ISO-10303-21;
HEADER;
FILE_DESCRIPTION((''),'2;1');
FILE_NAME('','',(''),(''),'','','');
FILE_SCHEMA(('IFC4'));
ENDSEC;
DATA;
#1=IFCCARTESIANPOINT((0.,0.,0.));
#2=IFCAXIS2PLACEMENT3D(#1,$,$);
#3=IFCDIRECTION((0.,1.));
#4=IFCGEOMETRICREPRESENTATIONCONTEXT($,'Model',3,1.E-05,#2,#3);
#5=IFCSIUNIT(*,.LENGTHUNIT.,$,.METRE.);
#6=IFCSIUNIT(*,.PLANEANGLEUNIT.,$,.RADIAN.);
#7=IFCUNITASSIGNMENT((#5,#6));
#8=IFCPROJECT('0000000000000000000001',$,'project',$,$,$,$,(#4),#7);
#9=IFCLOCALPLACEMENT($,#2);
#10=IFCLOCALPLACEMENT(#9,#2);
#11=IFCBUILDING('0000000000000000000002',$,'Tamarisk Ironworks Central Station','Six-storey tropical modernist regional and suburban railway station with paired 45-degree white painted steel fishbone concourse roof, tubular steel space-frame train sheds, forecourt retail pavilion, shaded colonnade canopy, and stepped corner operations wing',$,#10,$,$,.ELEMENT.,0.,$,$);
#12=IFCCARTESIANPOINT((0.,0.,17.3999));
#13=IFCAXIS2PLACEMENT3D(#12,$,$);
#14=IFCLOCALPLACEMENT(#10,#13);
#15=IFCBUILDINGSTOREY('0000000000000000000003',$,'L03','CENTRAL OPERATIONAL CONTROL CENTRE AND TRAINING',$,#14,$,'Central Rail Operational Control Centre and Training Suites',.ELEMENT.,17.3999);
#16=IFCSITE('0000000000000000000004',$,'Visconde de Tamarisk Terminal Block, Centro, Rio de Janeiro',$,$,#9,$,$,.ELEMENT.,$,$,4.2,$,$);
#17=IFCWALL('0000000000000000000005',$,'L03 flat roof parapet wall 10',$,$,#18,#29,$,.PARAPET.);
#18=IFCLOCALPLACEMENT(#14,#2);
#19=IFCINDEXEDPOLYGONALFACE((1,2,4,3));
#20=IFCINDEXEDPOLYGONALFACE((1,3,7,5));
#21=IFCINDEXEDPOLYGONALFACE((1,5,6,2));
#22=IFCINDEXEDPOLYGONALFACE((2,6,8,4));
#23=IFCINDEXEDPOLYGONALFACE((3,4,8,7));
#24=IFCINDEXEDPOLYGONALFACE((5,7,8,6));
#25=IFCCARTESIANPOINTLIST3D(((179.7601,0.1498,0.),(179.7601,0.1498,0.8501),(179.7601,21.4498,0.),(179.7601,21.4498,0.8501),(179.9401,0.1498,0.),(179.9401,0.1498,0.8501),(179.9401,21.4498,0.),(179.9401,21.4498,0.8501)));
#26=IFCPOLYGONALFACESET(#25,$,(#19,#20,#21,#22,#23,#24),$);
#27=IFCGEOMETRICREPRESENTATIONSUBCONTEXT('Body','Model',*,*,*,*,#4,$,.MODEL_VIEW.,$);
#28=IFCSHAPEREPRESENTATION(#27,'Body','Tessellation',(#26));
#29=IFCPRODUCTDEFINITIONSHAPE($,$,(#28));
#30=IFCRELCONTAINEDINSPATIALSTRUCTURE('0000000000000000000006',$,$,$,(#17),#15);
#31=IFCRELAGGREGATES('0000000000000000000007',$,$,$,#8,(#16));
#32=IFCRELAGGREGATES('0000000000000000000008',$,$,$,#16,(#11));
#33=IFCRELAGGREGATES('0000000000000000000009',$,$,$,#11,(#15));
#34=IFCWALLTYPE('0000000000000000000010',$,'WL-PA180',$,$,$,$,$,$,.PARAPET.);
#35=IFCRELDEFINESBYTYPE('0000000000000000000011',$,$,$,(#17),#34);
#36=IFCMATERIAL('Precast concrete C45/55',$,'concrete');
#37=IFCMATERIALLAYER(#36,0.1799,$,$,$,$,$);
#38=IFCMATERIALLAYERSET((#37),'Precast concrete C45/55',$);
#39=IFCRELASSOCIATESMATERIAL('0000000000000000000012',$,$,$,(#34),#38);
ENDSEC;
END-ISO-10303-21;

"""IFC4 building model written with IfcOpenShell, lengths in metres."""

from ifc_helpers import new_model, si_unit, direction, frame, frame_2d, origin, place, context, subcontext, project, spatial, rectangle, extrude, material, layer, layer_set, type_object, element, save


model = new_model("IFC4")

# Units and contexts
model_context = context("Model", 3, precision=1e-05, world=origin(), true_north=direction((0.0, 1.0)))
body_context = subcontext(model_context, "Body", "Model", "MODEL_VIEW")
ifc_project = project(units=[si_unit("LENGTHUNIT", "METRE"), si_unit("PLANEANGLEUNIT", "RADIAN")], contexts=[model_context])

# Site, building, storey
site_placement = place(None, origin())
site = spatial("IfcSite", under=ifc_project, at=site_placement, Name="Visconde de Tamarisk Terminal Block, Centro, Rio de Janeiro", CompositionType="ELEMENT", RefElevation=4.2)
building_placement = place(site_placement, origin())
building = spatial("IfcBuilding", under=site, at=building_placement, Name="Tamarisk Ironworks Central Station", Description="Six-storey tropical modernist regional and suburban railway station with paired 45-degree white painted steel fishbone concourse roof, tubular steel space-frame train sheds, forecourt retail pavilion, shaded colonnade canopy, and stepped corner operations wing", CompositionType="ELEMENT", ElevationOfRefHeight=0.0)
storey_placement = place(building_placement, frame((0.0, 0.0, 17.3999)))
storey = spatial("IfcBuildingStorey", under=building, at=storey_placement, Name="L03", Description="CENTRAL OPERATIONAL CONTROL CENTRE AND TRAINING", LongName="Central Rail Operational Control Centre and Training Suites", CompositionType="ELEMENT", Elevation=17.3999)

# Wall
ifc_material_1 = material(Name="Precast concrete C45/55", Category="concrete")
ifc_layer_1 = layer(ifc_material_1, 0.1799)
ifc_layer_set_1 = layer_set([ifc_layer_1], Name="Precast concrete C45/55")
wall_type = type_object("IfcWallType", Name="WL-PA180", PredefinedType="PARAPET", material=ifc_layer_set_1)
wall_placement = place(storey_placement, frame((179.8501, 0.1499, 0.0), z_axis=(0.0, 0.0, 1.0), x_axis=(0.0, 1.0, 0.0)))
element("IfcWall", 1, at=wall_placement, inside=storey, type_object=wall_type, Name="L03 flat roof parapet wall 10", PredefinedType="PARAPET", context=body_context, shape_type="SweptSolid", body=[
    extrude(rectangle(XDim=21.3, YDim=0.1799, at=frame_2d((10.6499, 0.0))), origin(), (0.0, 0.0, 1.0), 0.8501),
])

save(model, "model.ifc")
